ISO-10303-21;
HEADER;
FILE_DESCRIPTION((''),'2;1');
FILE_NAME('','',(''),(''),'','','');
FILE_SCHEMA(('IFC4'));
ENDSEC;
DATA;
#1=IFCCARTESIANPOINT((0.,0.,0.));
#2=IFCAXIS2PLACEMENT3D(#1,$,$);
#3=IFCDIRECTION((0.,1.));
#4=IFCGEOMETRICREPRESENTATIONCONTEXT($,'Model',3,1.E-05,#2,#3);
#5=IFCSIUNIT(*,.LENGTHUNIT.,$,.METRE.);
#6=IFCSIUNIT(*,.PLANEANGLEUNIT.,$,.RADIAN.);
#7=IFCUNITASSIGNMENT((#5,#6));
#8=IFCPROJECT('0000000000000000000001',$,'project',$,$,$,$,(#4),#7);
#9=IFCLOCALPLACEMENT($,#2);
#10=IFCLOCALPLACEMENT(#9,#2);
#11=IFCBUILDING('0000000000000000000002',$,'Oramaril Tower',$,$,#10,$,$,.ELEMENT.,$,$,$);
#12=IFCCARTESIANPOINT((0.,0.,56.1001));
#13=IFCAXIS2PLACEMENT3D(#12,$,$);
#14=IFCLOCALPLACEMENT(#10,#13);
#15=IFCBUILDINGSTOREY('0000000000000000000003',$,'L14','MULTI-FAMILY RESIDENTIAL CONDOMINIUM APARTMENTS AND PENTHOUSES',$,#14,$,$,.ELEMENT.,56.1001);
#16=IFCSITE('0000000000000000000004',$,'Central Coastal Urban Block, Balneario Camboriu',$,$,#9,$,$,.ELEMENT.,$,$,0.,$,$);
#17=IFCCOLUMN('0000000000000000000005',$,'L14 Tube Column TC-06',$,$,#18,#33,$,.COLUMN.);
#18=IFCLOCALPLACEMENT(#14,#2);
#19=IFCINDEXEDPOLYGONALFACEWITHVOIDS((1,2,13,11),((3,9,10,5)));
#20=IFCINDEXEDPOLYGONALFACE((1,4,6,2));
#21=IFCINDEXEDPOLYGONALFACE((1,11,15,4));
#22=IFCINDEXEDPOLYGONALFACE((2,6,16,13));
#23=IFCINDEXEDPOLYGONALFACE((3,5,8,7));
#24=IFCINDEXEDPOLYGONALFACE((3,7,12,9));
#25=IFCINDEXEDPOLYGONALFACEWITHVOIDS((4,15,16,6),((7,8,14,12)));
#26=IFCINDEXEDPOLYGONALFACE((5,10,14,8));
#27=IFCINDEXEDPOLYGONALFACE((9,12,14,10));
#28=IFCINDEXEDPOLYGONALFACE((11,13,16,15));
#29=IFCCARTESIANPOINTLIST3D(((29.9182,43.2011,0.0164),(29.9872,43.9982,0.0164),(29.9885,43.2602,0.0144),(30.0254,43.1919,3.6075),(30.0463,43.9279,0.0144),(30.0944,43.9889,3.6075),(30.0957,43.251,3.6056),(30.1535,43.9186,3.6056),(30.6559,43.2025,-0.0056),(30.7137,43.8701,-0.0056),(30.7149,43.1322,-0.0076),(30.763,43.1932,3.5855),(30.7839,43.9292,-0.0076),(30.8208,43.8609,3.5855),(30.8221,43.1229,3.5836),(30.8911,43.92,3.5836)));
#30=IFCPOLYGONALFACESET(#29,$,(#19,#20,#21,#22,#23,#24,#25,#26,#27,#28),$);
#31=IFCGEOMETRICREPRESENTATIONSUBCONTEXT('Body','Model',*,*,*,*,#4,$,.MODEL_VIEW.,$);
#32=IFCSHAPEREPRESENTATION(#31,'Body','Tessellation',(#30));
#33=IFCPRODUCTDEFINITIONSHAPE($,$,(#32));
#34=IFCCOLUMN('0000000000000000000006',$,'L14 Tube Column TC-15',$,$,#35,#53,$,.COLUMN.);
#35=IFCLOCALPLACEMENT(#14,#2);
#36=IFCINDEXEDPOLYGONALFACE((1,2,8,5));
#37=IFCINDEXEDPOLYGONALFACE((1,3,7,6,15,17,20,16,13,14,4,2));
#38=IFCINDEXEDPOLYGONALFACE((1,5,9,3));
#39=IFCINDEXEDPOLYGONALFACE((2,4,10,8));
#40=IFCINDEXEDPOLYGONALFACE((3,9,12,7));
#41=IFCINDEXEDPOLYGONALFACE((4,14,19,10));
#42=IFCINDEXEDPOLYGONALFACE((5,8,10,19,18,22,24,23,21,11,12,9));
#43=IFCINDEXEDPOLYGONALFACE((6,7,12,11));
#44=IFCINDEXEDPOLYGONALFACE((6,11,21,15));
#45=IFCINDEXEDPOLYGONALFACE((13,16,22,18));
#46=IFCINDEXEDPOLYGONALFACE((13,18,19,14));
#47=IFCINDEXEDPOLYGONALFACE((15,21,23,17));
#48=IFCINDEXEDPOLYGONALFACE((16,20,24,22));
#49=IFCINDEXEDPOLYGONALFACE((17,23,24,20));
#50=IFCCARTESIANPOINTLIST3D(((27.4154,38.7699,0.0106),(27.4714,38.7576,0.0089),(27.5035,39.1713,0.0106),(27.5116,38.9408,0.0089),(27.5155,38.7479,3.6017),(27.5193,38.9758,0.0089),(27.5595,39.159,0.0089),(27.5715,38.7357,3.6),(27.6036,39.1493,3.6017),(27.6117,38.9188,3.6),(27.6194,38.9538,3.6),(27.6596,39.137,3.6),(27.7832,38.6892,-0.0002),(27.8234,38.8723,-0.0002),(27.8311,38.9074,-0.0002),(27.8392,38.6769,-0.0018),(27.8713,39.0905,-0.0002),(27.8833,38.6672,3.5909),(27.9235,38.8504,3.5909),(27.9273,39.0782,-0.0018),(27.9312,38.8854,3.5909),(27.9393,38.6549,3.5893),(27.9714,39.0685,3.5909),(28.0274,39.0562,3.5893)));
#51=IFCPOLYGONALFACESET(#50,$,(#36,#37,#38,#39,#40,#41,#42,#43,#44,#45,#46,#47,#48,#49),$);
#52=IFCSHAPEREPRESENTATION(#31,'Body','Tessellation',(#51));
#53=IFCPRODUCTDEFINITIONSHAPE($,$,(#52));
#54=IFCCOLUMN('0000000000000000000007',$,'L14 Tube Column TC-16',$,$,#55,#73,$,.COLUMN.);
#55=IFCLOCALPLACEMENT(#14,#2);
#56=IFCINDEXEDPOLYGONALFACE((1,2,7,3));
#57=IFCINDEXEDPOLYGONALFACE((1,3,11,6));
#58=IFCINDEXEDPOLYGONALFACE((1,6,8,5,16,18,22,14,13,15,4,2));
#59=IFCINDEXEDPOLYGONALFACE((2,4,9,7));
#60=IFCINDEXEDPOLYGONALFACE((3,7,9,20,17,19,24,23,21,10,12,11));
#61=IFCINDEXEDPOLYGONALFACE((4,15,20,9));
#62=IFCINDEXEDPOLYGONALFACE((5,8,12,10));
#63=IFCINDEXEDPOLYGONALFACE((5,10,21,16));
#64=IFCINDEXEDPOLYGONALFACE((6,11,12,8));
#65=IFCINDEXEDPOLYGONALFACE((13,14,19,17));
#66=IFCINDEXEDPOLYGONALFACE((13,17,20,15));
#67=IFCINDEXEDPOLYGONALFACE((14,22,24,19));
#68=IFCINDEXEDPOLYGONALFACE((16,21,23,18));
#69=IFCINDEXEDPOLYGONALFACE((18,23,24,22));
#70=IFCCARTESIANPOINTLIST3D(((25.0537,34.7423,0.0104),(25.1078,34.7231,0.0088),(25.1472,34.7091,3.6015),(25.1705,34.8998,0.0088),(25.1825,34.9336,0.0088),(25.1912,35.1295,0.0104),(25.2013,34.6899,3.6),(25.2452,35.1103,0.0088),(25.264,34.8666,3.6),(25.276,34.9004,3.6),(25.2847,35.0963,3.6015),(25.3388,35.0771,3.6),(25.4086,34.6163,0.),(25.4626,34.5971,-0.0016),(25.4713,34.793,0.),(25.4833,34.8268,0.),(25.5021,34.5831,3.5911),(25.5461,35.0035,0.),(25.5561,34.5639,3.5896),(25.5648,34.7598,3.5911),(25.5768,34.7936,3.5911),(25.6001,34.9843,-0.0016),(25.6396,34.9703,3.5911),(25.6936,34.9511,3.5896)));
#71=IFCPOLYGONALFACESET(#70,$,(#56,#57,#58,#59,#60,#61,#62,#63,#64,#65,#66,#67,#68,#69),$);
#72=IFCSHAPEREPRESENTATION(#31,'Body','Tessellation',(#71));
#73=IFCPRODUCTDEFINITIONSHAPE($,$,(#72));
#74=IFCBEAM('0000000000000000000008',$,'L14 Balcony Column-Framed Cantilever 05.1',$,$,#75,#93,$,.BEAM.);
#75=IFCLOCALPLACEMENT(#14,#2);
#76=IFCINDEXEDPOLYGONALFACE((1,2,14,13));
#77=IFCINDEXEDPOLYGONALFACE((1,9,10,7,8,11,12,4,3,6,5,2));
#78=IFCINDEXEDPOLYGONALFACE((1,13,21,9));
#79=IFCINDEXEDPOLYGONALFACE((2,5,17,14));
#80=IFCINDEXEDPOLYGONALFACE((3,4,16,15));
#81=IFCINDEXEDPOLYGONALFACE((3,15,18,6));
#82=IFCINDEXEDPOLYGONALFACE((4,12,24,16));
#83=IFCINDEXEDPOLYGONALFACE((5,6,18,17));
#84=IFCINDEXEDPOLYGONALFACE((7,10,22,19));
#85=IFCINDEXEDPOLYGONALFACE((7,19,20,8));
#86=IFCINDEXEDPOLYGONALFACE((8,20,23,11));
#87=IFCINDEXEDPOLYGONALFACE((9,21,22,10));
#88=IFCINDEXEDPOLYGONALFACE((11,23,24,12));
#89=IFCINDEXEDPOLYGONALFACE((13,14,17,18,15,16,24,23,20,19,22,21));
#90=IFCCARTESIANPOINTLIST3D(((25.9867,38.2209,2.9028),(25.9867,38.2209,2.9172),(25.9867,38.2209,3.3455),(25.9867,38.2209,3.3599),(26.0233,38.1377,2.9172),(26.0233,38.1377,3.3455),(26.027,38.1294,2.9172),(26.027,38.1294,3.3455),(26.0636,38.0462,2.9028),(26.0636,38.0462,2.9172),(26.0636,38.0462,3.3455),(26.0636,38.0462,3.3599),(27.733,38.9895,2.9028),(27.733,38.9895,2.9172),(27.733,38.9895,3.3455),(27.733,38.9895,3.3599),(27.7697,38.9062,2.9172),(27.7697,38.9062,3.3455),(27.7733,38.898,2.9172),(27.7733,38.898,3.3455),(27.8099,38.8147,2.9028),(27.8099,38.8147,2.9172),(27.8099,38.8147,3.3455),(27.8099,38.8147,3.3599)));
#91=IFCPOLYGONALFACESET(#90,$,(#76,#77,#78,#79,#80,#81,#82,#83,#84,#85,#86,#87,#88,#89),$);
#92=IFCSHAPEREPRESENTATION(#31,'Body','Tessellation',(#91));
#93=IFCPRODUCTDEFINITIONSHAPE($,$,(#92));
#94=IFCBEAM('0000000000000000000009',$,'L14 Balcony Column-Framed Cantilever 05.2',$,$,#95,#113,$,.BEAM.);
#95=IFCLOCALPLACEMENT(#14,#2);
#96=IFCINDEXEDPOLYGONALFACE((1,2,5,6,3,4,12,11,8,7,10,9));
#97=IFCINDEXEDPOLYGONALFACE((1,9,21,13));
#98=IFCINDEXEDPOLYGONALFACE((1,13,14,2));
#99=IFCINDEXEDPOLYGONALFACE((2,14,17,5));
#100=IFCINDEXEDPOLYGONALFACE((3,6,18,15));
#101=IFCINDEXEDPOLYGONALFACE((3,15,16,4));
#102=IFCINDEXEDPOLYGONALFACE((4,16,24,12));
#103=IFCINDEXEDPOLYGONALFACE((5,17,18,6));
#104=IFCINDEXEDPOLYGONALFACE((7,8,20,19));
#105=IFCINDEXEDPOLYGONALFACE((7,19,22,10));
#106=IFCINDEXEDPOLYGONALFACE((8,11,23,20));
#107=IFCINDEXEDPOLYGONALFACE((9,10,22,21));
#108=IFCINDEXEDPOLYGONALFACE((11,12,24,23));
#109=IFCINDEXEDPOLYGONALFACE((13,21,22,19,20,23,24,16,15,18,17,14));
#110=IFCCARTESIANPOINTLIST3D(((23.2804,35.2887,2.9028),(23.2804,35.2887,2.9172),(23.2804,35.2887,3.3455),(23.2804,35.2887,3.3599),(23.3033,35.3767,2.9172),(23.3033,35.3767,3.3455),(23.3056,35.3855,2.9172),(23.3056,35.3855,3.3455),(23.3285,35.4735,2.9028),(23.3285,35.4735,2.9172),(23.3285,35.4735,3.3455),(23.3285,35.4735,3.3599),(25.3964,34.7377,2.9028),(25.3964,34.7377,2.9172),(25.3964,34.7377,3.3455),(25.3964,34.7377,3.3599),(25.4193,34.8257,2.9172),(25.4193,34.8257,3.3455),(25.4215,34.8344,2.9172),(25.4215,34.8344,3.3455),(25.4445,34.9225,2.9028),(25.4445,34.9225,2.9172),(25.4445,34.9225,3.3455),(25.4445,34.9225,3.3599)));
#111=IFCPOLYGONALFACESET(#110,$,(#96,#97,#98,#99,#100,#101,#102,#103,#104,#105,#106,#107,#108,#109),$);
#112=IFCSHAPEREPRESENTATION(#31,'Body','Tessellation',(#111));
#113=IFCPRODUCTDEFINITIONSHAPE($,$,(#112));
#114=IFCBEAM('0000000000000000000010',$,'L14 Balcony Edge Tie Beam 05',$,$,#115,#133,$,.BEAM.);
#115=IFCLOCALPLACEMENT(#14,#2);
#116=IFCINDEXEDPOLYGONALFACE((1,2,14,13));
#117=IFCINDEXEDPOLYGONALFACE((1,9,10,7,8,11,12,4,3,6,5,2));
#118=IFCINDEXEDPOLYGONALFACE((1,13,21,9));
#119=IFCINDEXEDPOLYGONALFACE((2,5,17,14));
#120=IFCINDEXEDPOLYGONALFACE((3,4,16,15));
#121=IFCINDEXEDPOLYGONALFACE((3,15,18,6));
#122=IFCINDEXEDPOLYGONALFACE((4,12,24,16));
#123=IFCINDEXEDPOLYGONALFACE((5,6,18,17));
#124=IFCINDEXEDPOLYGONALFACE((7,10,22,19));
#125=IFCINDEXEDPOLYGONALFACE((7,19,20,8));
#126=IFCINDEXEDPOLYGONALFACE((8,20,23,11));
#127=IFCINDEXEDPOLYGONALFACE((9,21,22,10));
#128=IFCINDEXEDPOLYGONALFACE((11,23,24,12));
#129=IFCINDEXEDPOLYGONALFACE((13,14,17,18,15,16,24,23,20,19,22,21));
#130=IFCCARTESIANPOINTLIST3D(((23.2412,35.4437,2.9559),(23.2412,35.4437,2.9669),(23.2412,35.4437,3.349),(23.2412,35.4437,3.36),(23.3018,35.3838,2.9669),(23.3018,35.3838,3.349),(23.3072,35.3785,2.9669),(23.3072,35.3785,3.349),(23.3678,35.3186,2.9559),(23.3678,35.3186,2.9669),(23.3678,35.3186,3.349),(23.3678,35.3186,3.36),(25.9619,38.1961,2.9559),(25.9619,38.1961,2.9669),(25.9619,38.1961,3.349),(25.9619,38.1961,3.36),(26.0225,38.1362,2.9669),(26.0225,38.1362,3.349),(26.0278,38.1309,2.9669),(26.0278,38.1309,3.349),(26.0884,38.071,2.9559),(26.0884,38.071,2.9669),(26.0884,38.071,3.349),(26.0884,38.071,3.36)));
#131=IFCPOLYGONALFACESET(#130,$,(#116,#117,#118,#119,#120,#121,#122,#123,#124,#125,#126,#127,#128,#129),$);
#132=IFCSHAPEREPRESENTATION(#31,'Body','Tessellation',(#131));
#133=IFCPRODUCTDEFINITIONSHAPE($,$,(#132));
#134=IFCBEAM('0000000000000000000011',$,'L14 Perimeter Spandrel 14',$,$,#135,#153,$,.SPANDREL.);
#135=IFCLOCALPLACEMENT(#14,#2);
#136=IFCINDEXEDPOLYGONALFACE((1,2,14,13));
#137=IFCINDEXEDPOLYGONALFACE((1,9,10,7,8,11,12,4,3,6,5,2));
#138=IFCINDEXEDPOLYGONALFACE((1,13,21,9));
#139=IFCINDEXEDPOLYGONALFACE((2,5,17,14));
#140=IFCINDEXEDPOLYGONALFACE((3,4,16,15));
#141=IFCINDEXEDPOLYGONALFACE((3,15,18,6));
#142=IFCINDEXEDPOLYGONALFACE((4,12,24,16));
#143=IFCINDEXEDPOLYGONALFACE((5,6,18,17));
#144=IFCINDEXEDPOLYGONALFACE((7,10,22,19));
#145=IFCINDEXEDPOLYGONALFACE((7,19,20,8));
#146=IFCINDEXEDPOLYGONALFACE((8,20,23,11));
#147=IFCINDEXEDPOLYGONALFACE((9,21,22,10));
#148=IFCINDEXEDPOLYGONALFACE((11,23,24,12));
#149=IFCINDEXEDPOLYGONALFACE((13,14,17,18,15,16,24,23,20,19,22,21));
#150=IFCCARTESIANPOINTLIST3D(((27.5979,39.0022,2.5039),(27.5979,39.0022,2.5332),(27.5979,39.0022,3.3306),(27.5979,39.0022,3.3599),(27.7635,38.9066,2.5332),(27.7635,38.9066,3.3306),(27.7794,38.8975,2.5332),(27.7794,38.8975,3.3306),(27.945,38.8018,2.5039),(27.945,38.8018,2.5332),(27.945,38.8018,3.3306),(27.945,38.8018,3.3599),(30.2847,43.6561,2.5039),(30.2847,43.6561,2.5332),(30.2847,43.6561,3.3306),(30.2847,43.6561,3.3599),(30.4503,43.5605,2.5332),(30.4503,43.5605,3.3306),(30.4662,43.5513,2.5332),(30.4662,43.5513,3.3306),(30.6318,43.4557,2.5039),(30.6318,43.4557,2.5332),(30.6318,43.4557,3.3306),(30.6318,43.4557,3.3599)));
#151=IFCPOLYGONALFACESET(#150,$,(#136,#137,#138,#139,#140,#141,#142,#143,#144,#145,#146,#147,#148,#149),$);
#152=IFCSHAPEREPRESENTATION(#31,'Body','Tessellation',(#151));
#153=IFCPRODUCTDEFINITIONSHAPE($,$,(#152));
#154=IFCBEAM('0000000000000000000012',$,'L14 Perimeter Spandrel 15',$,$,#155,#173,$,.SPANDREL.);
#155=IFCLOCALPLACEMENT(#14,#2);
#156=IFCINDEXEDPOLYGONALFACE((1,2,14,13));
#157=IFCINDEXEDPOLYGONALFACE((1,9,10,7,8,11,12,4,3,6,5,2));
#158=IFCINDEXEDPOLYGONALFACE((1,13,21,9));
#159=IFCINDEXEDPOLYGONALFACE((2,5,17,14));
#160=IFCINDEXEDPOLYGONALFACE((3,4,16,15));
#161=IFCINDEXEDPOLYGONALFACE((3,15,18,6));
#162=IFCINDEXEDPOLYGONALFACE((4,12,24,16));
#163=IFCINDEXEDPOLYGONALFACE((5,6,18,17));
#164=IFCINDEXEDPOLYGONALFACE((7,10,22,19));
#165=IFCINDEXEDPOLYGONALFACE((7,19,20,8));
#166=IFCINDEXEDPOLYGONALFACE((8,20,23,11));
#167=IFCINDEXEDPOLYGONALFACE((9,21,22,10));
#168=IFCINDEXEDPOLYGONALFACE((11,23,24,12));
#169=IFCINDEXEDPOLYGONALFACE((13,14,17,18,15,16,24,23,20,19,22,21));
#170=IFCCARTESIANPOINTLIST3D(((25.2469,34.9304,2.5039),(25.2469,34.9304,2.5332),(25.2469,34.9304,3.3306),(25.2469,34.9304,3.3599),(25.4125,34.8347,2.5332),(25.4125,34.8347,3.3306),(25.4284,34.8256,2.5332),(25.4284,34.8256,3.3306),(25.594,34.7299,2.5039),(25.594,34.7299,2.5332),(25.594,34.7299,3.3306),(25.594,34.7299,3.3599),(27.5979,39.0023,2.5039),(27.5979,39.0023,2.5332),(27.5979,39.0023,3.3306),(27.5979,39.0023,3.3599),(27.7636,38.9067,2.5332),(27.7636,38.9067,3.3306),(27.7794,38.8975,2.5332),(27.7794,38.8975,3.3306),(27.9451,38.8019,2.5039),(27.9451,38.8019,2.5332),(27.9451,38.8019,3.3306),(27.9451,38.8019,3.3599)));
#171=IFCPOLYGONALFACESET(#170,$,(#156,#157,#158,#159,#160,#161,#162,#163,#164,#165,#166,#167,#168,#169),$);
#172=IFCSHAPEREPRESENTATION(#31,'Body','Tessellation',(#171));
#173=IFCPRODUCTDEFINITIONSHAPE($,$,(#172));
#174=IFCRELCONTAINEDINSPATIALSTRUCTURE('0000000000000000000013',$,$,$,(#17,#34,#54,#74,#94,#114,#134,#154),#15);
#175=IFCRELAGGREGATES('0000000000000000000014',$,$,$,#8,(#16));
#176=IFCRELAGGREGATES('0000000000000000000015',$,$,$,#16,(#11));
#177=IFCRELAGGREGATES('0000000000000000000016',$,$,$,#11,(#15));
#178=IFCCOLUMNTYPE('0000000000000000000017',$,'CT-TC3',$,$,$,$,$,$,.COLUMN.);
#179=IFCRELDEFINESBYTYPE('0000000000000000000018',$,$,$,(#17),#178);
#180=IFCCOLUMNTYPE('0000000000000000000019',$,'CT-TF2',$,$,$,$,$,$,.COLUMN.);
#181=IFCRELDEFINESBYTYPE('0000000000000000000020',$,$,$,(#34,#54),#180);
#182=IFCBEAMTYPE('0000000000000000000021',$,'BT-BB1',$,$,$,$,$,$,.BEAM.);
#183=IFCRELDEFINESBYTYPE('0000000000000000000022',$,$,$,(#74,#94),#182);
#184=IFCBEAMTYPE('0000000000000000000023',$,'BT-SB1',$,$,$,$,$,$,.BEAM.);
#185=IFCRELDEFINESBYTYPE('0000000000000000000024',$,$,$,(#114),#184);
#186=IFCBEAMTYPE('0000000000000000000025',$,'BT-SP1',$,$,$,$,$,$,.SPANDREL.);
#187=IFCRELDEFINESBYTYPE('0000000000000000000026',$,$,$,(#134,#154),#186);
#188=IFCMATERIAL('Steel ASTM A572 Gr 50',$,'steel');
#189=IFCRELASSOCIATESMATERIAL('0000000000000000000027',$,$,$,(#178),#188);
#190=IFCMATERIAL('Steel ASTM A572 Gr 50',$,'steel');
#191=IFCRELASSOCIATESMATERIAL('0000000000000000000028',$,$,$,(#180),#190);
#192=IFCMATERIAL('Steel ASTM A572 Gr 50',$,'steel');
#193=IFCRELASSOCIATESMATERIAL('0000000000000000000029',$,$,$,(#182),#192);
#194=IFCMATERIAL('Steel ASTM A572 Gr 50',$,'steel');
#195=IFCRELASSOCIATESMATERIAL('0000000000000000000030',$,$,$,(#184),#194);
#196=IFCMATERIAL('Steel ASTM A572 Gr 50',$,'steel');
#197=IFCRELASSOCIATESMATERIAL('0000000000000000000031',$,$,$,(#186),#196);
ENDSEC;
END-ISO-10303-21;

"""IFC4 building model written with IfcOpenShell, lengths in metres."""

from ifc_helpers import new_model, si_unit, direction, frame, origin, origin_2d, place, context, subcontext, project, spatial, hollow_rectangle, i_section, extrude, material, material_profile, profile_set, type_object, element, save


model = new_model("IFC4")

# Units and contexts
model_context = context("Model", 3, precision=1e-05, world=origin(), true_north=direction((0.0, 1.0)))
body_context = subcontext(model_context, "Body", "Model", "MODEL_VIEW")
ifc_project = project(units=[si_unit("LENGTHUNIT", "METRE"), si_unit("PLANEANGLEUNIT", "RADIAN")], contexts=[model_context])

# Site, building, storey
site_placement = place(None, origin())
site = spatial("IfcSite", under=ifc_project, at=site_placement, Name="Central Coastal Urban Block, Balneario Camboriu", CompositionType="ELEMENT", RefElevation=0.0)
building_placement = place(site_placement, origin())
building = spatial("IfcBuilding", under=site, at=building_placement, Name="Oramaril Tower", CompositionType="ELEMENT")
storey_placement = place(building_placement, frame((0.0, 0.0, 56.1001)))
storey = spatial("IfcBuildingStorey", under=building, at=storey_placement, Name="L14", Description="MULTI-FAMILY RESIDENTIAL CONDOMINIUM APARTMENTS AND PENTHOUSES", CompositionType="ELEMENT", Elevation=56.1001)

# Columns
ifc_material_1 = material(Name="Steel ASTM A572 Gr 50", Category="steel")
ifc_material_profile_1 = material_profile(ifc_material_1, hollow_rectangle(XDim=0.8, YDim=0.8, WallThickness=0.0649, at=origin_2d()), Name="BOX800X800X65")
ifc_profile_set_1 = profile_set([ifc_material_profile_1], Name="Steel ASTM A572 Gr 50")
column_type_1 = type_object("IfcColumnType", Name="CT-TC3", PredefinedType="COLUMN", material=ifc_profile_set_1)
column_placement = place(storey_placement, frame((30.3511, 43.5652, 0.0044), z_axis=(0.029832, -0.002582, 0.999552), x_axis=(0.086238, 0.996275, 0.0)))
element("IfcColumn", 1, at=column_placement, inside=storey, type_object=column_type_1, Name="L14 Tube Column TC-06", PredefinedType="COLUMN", context=body_context, shape_type="SweptSolid", body=[
    extrude(hollow_rectangle(XDim=0.8, YDim=0.8, WallThickness=0.0649, at=origin_2d()), origin(), (0.0, 0.0, 1.0), 3.5928),
])
ifc_material_2 = material(Name="Steel ASTM A572 Gr 50", Category="steel")
ifc_material_profile_2 = material_profile(ifc_material_2, i_section(OverallWidth=0.4109, OverallDepth=0.4341, WebThickness=0.0359, FlangeThickness=0.0574, at=origin_2d()), Name="W14X311")
ifc_profile_set_2 = profile_set([ifc_material_profile_2], Name="Steel ASTM A572 Gr 50")
column_type_2 = type_object("IfcColumnType", Name="CT-TF2", PredefinedType="COLUMN", material=ifc_profile_set_2)
for number, where, z_axis, x_axis, name in (
    (2, (27.6714, 38.9241, 0.0044), (0.027863, -0.006116, 0.999593), (0.214407, 0.976744, 0.0), "L14 Tube Column TC-15"),
    (3, (25.3269, 34.8633, 0.0044), (0.026029, -0.009243, 0.999618), (0.334621, 0.942353, 0.0), "L14 Tube Column TC-16"),
):
    element("IfcColumn", number, at=place(storey_placement, frame(where, z_axis=z_axis, x_axis=x_axis)), inside=storey, type_object=column_type_2, Name=name, PredefinedType="COLUMN", context=body_context, shape_type="SweptSolid", body=[
        extrude(i_section(OverallWidth=0.4109, OverallDepth=0.4341, WebThickness=0.0359, FlangeThickness=0.0574, at=origin_2d()), origin(), (0.0, 0.0, 1.0), 3.5925),
    ])

# Beams
ifc_material_3 = material(Name="Steel ASTM A572 Gr 50", Category="steel")
ifc_material_profile_3 = material_profile(ifc_material_3, i_section(OverallWidth=0.1909, OverallDepth=0.457, WebThickness=0.009, FlangeThickness=0.0144, at=origin_2d()), Name="W18X50")
ifc_profile_set_3 = profile_set([ifc_material_profile_3], Name="Steel ASTM A572 Gr 50")
beam_type_1 = type_object("IfcBeamType", Name="BT-BB1", PredefinedType="BEAM", material=ifc_profile_set_3)
beam_1_placement = place(storey_placement, frame((27.7715, 38.9021, 3.1313), z_axis=(-0.915283, -0.402812, 0.0), x_axis=(0.402812, -0.915283, 0.0)))
element("IfcBeam", 4, at=beam_1_placement, inside=storey, type_object=beam_type_1, Name="L14 Balcony Column-Framed Cantilever 05.1", PredefinedType="BEAM", context=body_context, shape_type="SweptSolid", body=[
    extrude(i_section(OverallWidth=0.1909, OverallDepth=0.457, WebThickness=0.009, FlangeThickness=0.0144, at=origin_2d()), origin(), (0.0, 0.0, 1.0), 1.908),
])
beam_2_placement = place(storey_placement, frame((25.4204, 34.8301, 3.1313), z_axis=(-0.967725, 0.252008, 0.0), x_axis=(-0.252008, -0.967725, 0.0)))
element("IfcBeam", 5, at=beam_2_placement, inside=storey, type_object=beam_type_1, Name="L14 Balcony Column-Framed Cantilever 05.2", PredefinedType="BEAM", context=body_context, shape_type="SweptSolid", body=[
    extrude(i_section(OverallWidth=0.1909, OverallDepth=0.457, WebThickness=0.009, FlangeThickness=0.0144, at=origin_2d()), origin(), (0.0, 0.0, 1.0), 2.1865),
])
ifc_material_4 = material(Name="Steel ASTM A572 Gr 50", Category="steel")
ifc_material_profile_4 = material_profile(ifc_material_4, i_section(OverallWidth=0.178, OverallDepth=0.4041, WebThickness=0.0076, FlangeThickness=0.011, at=origin_2d()), Name="W16X36")
ifc_profile_set_4 = profile_set([ifc_material_profile_4], Name="Steel ASTM A572 Gr 50")
beam_type_2 = type_object("IfcBeamType", Name="BT-SB1", PredefinedType="BEAM", material=ifc_profile_set_4)
beam_3_placement = place(storey_placement, frame((26.0251, 38.1335, 3.158), z_axis=(-0.702995, -0.711195, 0.0), x_axis=(0.711195, -0.702995, 0.0)))
element("IfcBeam", 6, at=beam_3_placement, inside=storey, type_object=beam_type_2, Name="L14 Balcony Edge Tie Beam 05", PredefinedType="BEAM", context=body_context, shape_type="SweptSolid", body=[
    extrude(i_section(OverallWidth=0.178, OverallDepth=0.4041, WebThickness=0.0076, FlangeThickness=0.011, at=origin_2d()), origin(), (0.0, 0.0, 1.0), 3.8701),
])
ifc_material_5 = material(Name="Steel ASTM A572 Gr 50", Category="steel")
ifc_material_profile_5 = material_profile(ifc_material_5, i_section(OverallWidth=0.4009, OverallDepth=0.856, WebThickness=0.0183, FlangeThickness=0.0293, at=origin_2d()), Name="W33X201")
ifc_profile_set_5 = profile_set([ifc_material_profile_5], Name="Steel ASTM A572 Gr 50")
beam_type_3 = type_object("IfcBeamType", Name="BT-SP1", PredefinedType="SPANDREL", material=ifc_profile_set_5)
beam_4_placement = place(storey_placement, frame((30.4583, 43.5559, 2.9319), z_axis=(-0.499985, -0.866034, 0.0), x_axis=(0.866034, -0.499985, 0.0)))
element("IfcBeam", 7, at=beam_4_placement, inside=storey, type_object=beam_type_3, Name="L14 Perimeter Spandrel 14", PredefinedType="SPANDREL", context=body_context, shape_type="SweptSolid", body=[
    extrude(i_section(OverallWidth=0.4009, OverallDepth=0.856, WebThickness=0.0183, FlangeThickness=0.0293, at=origin_2d()), origin(), (0.0, 0.0, 1.0), 5.3738),
])
beam_5_placement = place(storey_placement, frame((27.7715, 38.9021, 2.9319), z_axis=(-0.500015, -0.866017, 0.0), x_axis=(0.866017, -0.500015, 0.0)))
element("IfcBeam", 8, at=beam_5_placement, inside=storey, type_object=beam_type_3, Name="L14 Perimeter Spandrel 15", PredefinedType="SPANDREL", context=body_context, shape_type="SweptSolid", body=[
    extrude(i_section(OverallWidth=0.4009, OverallDepth=0.856, WebThickness=0.0183, FlangeThickness=0.0293, at=origin_2d()), origin(), (0.0, 0.0, 1.0), 4.7019),
])

save(model, "model.ifc")
